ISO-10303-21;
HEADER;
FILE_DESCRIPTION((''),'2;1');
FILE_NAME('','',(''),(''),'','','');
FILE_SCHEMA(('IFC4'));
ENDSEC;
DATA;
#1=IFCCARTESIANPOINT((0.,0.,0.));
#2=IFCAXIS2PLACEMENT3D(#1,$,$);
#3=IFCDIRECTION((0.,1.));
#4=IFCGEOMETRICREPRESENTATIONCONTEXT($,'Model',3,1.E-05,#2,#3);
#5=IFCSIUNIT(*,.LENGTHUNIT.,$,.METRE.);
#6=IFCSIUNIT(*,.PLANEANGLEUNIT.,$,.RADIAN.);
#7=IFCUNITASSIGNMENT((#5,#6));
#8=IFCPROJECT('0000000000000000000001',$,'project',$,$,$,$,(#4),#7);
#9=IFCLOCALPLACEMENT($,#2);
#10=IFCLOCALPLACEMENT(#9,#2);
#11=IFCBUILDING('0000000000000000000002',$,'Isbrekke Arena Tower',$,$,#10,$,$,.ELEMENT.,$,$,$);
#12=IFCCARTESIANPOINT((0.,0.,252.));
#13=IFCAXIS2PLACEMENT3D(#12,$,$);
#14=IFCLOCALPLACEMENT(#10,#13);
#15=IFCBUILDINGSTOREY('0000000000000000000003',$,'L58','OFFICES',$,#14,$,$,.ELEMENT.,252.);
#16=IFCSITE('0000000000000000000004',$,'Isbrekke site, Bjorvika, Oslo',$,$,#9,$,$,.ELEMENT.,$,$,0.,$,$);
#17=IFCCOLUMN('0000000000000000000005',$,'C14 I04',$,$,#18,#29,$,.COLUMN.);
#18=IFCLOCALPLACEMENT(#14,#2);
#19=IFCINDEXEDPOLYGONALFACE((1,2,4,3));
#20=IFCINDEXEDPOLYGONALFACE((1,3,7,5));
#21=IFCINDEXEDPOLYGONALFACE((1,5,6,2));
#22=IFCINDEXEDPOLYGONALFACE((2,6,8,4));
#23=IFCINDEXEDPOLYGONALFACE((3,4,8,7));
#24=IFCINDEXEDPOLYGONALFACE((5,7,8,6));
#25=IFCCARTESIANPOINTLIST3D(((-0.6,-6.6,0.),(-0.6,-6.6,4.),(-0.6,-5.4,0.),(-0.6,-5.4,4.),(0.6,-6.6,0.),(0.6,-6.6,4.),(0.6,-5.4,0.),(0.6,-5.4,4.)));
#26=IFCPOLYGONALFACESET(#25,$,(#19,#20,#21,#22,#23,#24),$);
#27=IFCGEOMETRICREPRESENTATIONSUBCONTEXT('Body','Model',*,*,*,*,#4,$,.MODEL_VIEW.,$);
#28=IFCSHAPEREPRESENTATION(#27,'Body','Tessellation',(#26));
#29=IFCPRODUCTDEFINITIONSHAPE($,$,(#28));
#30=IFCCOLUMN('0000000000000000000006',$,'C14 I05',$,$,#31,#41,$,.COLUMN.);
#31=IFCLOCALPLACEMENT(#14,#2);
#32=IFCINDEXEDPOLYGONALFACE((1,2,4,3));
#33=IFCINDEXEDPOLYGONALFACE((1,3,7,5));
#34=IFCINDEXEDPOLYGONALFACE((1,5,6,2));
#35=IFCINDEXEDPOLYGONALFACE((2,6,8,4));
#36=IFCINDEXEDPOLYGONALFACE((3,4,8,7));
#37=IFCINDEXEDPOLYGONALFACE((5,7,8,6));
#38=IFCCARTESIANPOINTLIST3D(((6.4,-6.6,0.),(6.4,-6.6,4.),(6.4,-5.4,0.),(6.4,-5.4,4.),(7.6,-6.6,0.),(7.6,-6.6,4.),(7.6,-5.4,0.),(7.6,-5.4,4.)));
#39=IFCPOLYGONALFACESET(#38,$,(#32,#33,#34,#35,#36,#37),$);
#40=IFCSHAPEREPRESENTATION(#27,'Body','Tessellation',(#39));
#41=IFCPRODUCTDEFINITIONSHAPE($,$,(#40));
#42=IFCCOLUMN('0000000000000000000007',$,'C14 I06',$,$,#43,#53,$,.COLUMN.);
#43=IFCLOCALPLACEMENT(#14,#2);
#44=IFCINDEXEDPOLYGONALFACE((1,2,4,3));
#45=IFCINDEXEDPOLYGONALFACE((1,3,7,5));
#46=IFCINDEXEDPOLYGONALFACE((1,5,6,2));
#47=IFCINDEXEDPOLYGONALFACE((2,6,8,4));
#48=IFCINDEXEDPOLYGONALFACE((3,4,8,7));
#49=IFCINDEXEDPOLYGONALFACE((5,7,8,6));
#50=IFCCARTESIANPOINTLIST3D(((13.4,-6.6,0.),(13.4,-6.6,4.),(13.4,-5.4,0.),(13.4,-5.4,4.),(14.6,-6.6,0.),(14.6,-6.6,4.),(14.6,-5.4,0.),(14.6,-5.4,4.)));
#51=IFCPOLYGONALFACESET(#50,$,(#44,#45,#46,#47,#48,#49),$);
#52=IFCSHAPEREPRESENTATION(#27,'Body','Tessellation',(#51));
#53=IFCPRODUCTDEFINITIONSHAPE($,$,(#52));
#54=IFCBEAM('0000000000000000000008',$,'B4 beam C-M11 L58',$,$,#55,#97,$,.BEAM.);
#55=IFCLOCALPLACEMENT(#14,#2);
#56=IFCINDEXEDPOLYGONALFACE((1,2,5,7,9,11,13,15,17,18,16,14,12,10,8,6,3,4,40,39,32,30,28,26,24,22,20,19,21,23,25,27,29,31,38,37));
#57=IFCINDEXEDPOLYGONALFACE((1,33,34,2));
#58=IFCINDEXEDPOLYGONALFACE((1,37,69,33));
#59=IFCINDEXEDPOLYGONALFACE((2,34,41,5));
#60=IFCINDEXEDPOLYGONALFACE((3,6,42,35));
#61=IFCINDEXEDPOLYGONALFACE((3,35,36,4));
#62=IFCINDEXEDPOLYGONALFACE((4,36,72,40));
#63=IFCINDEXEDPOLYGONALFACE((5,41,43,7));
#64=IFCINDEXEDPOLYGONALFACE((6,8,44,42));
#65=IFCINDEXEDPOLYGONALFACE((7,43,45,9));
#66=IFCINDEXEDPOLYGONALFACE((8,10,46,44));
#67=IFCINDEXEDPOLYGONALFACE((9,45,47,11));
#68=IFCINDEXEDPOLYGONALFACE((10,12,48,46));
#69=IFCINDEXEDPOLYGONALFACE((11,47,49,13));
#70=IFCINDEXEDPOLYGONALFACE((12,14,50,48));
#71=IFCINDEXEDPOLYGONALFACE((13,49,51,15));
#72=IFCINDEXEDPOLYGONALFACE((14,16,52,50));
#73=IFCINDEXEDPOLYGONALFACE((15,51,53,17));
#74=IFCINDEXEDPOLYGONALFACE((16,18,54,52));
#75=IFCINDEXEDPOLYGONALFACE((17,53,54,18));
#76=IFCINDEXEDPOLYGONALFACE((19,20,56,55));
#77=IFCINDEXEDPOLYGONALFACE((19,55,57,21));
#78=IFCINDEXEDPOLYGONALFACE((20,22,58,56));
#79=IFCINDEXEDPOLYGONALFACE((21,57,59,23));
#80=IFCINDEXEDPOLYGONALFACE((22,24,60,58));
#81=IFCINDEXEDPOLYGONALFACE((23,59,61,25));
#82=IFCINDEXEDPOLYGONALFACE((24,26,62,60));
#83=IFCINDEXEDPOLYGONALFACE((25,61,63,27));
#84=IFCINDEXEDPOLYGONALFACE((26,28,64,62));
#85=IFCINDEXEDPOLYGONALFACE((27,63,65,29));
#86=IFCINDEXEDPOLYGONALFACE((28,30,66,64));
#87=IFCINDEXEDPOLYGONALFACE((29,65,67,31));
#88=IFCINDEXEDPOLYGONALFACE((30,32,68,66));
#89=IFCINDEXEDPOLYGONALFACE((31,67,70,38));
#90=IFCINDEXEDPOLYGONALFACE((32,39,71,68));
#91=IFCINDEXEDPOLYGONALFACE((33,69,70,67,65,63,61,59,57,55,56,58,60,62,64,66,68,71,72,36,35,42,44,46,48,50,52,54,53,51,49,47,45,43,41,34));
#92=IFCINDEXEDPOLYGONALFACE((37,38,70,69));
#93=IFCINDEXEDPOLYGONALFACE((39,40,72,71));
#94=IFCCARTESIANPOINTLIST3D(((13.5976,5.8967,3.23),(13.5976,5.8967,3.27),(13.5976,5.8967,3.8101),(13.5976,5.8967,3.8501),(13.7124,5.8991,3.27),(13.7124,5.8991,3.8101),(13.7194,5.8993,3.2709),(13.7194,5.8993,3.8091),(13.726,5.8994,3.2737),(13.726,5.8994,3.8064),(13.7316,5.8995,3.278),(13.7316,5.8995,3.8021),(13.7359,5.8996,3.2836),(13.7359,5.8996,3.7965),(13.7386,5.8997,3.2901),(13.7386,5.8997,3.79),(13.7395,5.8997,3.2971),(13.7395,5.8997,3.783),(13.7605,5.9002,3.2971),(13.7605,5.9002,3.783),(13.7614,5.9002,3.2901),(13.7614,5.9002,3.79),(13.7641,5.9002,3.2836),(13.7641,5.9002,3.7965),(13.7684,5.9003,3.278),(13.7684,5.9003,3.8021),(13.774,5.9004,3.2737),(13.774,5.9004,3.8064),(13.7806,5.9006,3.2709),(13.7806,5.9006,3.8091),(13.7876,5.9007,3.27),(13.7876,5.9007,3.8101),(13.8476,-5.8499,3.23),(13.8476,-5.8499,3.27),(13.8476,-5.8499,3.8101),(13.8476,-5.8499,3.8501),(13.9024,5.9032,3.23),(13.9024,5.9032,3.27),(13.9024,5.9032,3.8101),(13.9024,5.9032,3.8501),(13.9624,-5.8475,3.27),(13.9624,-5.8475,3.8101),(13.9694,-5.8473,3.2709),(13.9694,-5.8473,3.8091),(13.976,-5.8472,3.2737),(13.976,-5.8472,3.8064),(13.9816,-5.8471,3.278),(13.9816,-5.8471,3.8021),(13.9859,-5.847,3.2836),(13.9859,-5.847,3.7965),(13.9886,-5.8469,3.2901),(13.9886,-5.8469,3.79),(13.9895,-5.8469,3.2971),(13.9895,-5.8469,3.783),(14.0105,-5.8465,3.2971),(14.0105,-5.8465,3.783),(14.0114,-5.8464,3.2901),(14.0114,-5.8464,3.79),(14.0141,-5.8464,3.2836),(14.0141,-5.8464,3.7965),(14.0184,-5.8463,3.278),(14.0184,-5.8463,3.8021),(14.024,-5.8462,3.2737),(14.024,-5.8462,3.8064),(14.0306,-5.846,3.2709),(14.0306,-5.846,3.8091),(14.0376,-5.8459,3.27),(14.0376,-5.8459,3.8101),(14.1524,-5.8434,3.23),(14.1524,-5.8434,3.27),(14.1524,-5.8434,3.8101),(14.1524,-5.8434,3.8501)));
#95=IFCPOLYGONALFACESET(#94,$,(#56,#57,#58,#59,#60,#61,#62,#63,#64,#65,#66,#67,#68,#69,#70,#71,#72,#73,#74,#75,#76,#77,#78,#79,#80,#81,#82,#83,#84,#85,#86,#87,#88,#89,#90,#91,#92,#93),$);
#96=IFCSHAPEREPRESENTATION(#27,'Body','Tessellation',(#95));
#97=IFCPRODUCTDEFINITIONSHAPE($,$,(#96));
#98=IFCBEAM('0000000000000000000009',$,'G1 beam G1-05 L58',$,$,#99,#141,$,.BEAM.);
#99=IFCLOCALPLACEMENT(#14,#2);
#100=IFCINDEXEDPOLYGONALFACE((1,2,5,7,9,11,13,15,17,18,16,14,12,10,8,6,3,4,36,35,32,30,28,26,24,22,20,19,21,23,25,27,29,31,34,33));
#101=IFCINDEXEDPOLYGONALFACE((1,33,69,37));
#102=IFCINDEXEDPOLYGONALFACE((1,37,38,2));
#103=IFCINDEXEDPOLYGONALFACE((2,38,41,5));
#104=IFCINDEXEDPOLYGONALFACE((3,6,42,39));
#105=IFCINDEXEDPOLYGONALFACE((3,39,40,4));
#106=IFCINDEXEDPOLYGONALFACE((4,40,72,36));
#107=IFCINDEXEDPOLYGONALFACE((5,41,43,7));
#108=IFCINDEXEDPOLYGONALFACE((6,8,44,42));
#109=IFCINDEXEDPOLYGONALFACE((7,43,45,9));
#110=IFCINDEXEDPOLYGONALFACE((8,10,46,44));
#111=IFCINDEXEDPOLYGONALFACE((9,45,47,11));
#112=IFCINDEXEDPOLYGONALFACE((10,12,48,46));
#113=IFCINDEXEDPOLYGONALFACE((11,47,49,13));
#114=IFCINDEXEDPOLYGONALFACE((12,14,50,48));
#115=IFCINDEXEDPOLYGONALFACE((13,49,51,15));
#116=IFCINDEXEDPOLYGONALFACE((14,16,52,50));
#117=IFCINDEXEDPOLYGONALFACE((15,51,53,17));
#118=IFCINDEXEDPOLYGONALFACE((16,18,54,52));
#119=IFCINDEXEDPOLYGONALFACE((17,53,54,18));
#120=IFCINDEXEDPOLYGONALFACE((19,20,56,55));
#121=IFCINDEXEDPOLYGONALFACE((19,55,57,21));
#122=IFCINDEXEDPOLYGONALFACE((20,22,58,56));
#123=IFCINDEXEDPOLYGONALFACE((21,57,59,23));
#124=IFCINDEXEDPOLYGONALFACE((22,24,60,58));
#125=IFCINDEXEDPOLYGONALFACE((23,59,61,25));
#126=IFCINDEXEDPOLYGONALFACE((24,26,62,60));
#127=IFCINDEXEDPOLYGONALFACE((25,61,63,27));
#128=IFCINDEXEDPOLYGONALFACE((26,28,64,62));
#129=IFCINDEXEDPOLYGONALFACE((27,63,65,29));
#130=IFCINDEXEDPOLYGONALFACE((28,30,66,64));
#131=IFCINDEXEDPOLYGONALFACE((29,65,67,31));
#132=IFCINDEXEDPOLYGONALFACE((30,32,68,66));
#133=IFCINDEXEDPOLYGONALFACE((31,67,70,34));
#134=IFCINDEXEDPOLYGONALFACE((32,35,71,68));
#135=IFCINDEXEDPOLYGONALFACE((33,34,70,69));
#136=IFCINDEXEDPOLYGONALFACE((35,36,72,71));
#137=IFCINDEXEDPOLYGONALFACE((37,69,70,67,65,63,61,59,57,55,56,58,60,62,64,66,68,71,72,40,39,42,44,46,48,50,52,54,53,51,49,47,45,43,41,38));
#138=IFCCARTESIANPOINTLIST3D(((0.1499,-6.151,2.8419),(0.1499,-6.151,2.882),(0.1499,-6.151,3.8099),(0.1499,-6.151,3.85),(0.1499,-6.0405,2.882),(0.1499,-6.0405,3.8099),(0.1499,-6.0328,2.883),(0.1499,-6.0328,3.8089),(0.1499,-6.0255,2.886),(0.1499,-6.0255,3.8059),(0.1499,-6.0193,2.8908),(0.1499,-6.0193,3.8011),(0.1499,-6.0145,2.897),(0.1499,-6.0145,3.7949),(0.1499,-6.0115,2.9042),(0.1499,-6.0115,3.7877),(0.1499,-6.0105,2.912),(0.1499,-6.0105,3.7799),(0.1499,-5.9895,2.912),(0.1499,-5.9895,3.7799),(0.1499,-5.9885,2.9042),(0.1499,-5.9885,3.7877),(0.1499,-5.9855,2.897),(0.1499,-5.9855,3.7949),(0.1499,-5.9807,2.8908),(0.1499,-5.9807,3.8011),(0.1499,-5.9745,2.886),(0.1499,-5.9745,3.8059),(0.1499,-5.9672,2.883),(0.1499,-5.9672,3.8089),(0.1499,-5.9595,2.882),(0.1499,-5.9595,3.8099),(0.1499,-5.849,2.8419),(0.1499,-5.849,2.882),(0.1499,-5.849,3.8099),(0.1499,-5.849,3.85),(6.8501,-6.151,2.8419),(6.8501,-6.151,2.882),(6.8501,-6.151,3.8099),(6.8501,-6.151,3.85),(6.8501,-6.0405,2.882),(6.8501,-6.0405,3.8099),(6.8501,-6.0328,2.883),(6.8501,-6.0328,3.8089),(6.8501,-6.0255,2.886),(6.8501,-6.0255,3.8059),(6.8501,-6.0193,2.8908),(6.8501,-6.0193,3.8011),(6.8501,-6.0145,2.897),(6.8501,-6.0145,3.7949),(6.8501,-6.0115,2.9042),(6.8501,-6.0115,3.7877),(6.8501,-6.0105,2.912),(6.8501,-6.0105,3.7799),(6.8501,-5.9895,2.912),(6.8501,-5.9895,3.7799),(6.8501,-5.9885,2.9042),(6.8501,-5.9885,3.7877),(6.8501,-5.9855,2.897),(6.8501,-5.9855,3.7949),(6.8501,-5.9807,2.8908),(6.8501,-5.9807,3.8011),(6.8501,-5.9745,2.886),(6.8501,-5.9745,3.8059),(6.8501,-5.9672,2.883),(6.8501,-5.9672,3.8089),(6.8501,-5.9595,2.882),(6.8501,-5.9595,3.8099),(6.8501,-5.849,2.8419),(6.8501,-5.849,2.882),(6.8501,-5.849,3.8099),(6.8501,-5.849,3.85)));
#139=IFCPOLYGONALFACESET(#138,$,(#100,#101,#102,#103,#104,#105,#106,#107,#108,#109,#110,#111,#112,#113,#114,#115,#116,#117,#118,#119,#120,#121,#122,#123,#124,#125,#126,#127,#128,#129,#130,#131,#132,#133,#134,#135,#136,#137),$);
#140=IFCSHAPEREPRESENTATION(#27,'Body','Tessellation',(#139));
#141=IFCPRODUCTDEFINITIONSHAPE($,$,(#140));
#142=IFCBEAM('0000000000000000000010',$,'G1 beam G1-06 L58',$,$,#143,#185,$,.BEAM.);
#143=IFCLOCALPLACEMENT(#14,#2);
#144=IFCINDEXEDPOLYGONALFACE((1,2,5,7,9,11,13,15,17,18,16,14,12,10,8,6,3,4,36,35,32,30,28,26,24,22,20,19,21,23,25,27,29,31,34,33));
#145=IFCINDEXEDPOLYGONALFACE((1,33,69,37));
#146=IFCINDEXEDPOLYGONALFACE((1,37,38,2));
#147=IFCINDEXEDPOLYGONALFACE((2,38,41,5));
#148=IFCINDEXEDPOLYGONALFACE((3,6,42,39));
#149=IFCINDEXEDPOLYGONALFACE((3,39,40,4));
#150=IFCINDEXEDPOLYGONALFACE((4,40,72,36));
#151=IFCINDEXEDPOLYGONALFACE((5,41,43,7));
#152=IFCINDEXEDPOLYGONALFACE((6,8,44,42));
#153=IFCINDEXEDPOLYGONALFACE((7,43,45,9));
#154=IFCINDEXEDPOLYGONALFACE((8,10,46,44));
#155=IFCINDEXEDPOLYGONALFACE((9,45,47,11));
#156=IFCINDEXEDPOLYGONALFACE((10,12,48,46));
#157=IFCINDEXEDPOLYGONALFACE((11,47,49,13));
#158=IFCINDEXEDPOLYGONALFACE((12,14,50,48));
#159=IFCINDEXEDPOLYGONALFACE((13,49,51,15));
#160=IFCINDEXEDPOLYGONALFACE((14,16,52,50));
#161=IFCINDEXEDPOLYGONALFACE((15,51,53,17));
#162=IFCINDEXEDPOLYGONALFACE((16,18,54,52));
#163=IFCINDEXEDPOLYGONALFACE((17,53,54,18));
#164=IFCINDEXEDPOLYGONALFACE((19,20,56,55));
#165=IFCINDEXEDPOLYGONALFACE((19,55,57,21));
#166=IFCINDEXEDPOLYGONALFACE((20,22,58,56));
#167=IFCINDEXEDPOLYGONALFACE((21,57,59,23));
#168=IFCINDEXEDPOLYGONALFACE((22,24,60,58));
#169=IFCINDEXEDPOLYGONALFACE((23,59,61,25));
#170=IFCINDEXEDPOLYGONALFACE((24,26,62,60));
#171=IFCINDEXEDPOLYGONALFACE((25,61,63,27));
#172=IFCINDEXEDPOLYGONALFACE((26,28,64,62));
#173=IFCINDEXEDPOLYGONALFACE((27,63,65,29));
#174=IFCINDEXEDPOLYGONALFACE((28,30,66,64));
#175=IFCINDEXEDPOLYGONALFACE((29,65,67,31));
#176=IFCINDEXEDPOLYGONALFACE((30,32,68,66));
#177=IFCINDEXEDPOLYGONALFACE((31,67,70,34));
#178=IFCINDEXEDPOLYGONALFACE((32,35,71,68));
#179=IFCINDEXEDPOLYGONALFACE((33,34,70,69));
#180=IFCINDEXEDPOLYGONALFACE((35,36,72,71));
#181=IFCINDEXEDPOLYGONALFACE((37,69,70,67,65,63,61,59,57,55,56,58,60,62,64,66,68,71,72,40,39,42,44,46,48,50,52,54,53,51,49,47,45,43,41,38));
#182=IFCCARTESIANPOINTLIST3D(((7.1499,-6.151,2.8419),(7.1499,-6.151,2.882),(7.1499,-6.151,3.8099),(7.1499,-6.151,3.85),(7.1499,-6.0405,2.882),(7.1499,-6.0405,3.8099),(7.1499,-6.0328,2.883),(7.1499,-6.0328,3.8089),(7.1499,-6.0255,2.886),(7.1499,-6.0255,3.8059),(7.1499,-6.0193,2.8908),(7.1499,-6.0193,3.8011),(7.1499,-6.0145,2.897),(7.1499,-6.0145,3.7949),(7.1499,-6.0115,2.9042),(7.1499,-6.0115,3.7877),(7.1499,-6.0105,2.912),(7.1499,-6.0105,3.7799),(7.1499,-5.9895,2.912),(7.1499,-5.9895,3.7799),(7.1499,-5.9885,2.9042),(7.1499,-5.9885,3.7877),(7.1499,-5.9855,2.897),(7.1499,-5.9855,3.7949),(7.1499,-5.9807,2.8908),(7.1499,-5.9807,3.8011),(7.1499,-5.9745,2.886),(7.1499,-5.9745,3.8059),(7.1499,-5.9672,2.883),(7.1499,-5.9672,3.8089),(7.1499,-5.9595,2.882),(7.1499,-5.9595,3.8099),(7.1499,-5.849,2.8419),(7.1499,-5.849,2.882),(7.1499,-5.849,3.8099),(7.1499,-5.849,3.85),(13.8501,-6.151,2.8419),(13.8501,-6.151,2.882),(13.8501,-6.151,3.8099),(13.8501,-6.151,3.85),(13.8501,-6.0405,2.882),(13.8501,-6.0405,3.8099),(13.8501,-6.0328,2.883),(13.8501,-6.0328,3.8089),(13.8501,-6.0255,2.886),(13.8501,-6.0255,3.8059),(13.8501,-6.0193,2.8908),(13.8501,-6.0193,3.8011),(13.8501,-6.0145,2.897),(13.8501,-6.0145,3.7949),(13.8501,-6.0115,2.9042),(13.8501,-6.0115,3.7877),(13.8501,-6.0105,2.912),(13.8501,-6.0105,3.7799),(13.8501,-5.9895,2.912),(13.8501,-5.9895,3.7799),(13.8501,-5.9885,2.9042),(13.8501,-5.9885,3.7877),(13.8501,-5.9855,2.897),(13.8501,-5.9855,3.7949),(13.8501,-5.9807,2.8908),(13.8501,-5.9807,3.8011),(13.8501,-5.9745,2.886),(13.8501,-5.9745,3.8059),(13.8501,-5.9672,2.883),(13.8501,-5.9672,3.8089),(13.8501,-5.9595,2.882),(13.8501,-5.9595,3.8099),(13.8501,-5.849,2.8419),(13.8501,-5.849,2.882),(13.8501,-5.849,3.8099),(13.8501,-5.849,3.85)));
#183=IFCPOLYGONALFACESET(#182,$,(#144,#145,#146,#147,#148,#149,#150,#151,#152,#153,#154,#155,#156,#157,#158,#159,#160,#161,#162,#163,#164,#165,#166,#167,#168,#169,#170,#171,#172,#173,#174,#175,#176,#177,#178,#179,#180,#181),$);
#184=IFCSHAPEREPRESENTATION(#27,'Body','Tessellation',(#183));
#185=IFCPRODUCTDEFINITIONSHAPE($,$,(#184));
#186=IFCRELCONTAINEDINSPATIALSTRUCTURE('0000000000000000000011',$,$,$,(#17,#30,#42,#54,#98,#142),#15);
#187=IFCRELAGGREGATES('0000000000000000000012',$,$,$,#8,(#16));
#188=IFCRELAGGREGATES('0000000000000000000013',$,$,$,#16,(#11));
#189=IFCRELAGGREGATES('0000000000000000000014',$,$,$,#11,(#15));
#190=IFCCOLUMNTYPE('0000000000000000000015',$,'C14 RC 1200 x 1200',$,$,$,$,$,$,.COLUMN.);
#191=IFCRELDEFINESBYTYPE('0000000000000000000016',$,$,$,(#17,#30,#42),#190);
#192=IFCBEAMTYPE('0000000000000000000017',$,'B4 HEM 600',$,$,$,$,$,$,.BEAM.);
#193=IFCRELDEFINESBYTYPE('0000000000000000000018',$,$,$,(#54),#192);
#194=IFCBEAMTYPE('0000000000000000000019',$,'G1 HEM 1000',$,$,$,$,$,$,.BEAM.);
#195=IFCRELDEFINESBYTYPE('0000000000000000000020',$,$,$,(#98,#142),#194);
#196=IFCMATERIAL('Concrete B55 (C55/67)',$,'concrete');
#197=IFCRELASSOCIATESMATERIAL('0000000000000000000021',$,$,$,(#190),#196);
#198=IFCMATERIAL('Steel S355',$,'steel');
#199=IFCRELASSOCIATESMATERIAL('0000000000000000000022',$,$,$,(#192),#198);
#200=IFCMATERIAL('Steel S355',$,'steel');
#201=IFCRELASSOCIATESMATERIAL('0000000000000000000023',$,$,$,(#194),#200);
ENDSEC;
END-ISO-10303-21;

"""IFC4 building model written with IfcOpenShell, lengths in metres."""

from ifc_helpers import new_model, si_unit, direction, frame, origin, origin_2d, place, context, subcontext, project, spatial, rectangle, i_section, extrude, material, material_profile, profile_set, type_object, element, save


model = new_model("IFC4")

# Units and contexts
model_context = context("Model", 3, precision=1e-05, world=origin(), true_north=direction((0.0, 1.0)))
body_context = subcontext(model_context, "Body", "Model", "MODEL_VIEW")
ifc_project = project(units=[si_unit("LENGTHUNIT", "METRE"), si_unit("PLANEANGLEUNIT", "RADIAN")], contexts=[model_context])

# Site, building, storey
site_placement = place(None, origin())
site = spatial("IfcSite", under=ifc_project, at=site_placement, Name="Isbrekke site, Bjorvika, Oslo", CompositionType="ELEMENT", RefElevation=0.0)
building_placement = place(site_placement, origin())
building = spatial("IfcBuilding", under=site, at=building_placement, Name="Isbrekke Arena Tower", CompositionType="ELEMENT")
storey_placement = place(building_placement, frame((0.0, 0.0, 252.0)))
storey = spatial("IfcBuildingStorey", under=building, at=storey_placement, Name="L58", Description="OFFICES", CompositionType="ELEMENT", Elevation=252.0)

# Columns
ifc_material_1 = material(Name="Concrete B55 (C55/67)", Category="concrete")
ifc_material_profile_1 = material_profile(ifc_material_1, rectangle(XDim=1.2, YDim=1.2, at=origin_2d()), Name="RC 1200x1200")
ifc_profile_set_1 = profile_set([ifc_material_profile_1], Name="Concrete B55 (C55/67)")
column_type = type_object("IfcColumnType", Name="C14 RC 1200 x 1200", PredefinedType="COLUMN", material=ifc_profile_set_1)
for number, where, z_axis, x_axis, name in (
    (1, (0.0, -6.0, 0.0), (0.0, 0.0, 1.0), (1.0, 0.0, 0.0), "C14 I04"),
    (2, (7.0, -6.0, 0.0), (0.0, 0.0, 1.0), (1.0, 0.0, 0.0), "C14 I05"),
    (3, (14.0, -6.0, 0.0), (0.0, 0.0, 1.0), (1.0, 0.0, 0.0), "C14 I06"),
):
    element("IfcColumn", number, at=place(storey_placement, frame(where, z_axis=z_axis, x_axis=x_axis)), inside=storey, type_object=column_type, Name=name, PredefinedType="COLUMN", context=body_context, shape_type="SweptSolid", body=[
        extrude(rectangle(XDim=1.2, YDim=1.2, at=origin_2d()), origin(), (0.0, 0.0, 1.0), 4.0),
    ])

# Beams
ifc_material_2 = material(Name="Steel S355", Category="steel")
ifc_material_profile_2 = material_profile(ifc_material_2, i_section(OverallWidth=0.3049, OverallDepth=0.6201, WebThickness=0.021, FlangeThickness=0.04, FilletRadius=0.0271, at=origin_2d()), Name="HEM 600")
ifc_profile_set_2 = profile_set([ifc_material_profile_2], Name="Steel S355")
beam_type_1 = type_object("IfcBeamType", Name="B4 HEM 600", PredefinedType="BEAM", material=ifc_profile_set_2)
beam_placement = place(storey_placement, frame((14.0, -5.8467, 3.54), z_axis=(-0.021278, 0.999774, 0.0), x_axis=(-0.999774, -0.021278, 0.0)))
element("IfcBeam", 4, at=beam_placement, inside=storey, type_object=beam_type_1, Name="B4 beam C-M11 L58", PredefinedType="BEAM", context=body_context, shape_type="SweptSolid", body=[
    extrude(i_section(OverallWidth=0.3049, OverallDepth=0.6201, WebThickness=0.021, FlangeThickness=0.04, FilletRadius=0.0271, at=origin_2d()), origin(), (0.0, 0.0, 1.0), 11.7493),
])
ifc_material_3 = material(Name="Steel S355", Category="steel")
ifc_material_profile_3 = material_profile(ifc_material_3, i_section(OverallWidth=0.302, OverallDepth=1.0081, WebThickness=0.021, FlangeThickness=0.04, FilletRadius=0.03, at=origin_2d()), Name="HEM 1000")
ifc_profile_set_3 = profile_set([ifc_material_profile_3], Name="Steel S355")
beam_type_2 = type_object("IfcBeamType", Name="G1 HEM 1000", PredefinedType="BEAM", material=ifc_profile_set_3)
for number, where, z_axis, x_axis, name in (
    (5, (0.1499, -6.0, 3.3459), (1.0, 0.0, 0.0), (0.0, 1.0, 0.0), "G1 beam G1-05 L58"),
    (6, (7.1499, -6.0, 3.3459), (1.0, 0.0, 0.0), (0.0, 1.0, 0.0), "G1 beam G1-06 L58"),
):
    element("IfcBeam", number, at=place(storey_placement, frame(where, z_axis=z_axis, x_axis=x_axis)), inside=storey, type_object=beam_type_2, Name=name, PredefinedType="BEAM", context=body_context, shape_type="SweptSolid", body=[
        extrude(i_section(OverallWidth=0.302, OverallDepth=1.0081, WebThickness=0.021, FlangeThickness=0.04, FilletRadius=0.03, at=origin_2d()), origin(), (0.0, 0.0, 1.0), 6.7002),
    ])

save(model, "model.ifc")
